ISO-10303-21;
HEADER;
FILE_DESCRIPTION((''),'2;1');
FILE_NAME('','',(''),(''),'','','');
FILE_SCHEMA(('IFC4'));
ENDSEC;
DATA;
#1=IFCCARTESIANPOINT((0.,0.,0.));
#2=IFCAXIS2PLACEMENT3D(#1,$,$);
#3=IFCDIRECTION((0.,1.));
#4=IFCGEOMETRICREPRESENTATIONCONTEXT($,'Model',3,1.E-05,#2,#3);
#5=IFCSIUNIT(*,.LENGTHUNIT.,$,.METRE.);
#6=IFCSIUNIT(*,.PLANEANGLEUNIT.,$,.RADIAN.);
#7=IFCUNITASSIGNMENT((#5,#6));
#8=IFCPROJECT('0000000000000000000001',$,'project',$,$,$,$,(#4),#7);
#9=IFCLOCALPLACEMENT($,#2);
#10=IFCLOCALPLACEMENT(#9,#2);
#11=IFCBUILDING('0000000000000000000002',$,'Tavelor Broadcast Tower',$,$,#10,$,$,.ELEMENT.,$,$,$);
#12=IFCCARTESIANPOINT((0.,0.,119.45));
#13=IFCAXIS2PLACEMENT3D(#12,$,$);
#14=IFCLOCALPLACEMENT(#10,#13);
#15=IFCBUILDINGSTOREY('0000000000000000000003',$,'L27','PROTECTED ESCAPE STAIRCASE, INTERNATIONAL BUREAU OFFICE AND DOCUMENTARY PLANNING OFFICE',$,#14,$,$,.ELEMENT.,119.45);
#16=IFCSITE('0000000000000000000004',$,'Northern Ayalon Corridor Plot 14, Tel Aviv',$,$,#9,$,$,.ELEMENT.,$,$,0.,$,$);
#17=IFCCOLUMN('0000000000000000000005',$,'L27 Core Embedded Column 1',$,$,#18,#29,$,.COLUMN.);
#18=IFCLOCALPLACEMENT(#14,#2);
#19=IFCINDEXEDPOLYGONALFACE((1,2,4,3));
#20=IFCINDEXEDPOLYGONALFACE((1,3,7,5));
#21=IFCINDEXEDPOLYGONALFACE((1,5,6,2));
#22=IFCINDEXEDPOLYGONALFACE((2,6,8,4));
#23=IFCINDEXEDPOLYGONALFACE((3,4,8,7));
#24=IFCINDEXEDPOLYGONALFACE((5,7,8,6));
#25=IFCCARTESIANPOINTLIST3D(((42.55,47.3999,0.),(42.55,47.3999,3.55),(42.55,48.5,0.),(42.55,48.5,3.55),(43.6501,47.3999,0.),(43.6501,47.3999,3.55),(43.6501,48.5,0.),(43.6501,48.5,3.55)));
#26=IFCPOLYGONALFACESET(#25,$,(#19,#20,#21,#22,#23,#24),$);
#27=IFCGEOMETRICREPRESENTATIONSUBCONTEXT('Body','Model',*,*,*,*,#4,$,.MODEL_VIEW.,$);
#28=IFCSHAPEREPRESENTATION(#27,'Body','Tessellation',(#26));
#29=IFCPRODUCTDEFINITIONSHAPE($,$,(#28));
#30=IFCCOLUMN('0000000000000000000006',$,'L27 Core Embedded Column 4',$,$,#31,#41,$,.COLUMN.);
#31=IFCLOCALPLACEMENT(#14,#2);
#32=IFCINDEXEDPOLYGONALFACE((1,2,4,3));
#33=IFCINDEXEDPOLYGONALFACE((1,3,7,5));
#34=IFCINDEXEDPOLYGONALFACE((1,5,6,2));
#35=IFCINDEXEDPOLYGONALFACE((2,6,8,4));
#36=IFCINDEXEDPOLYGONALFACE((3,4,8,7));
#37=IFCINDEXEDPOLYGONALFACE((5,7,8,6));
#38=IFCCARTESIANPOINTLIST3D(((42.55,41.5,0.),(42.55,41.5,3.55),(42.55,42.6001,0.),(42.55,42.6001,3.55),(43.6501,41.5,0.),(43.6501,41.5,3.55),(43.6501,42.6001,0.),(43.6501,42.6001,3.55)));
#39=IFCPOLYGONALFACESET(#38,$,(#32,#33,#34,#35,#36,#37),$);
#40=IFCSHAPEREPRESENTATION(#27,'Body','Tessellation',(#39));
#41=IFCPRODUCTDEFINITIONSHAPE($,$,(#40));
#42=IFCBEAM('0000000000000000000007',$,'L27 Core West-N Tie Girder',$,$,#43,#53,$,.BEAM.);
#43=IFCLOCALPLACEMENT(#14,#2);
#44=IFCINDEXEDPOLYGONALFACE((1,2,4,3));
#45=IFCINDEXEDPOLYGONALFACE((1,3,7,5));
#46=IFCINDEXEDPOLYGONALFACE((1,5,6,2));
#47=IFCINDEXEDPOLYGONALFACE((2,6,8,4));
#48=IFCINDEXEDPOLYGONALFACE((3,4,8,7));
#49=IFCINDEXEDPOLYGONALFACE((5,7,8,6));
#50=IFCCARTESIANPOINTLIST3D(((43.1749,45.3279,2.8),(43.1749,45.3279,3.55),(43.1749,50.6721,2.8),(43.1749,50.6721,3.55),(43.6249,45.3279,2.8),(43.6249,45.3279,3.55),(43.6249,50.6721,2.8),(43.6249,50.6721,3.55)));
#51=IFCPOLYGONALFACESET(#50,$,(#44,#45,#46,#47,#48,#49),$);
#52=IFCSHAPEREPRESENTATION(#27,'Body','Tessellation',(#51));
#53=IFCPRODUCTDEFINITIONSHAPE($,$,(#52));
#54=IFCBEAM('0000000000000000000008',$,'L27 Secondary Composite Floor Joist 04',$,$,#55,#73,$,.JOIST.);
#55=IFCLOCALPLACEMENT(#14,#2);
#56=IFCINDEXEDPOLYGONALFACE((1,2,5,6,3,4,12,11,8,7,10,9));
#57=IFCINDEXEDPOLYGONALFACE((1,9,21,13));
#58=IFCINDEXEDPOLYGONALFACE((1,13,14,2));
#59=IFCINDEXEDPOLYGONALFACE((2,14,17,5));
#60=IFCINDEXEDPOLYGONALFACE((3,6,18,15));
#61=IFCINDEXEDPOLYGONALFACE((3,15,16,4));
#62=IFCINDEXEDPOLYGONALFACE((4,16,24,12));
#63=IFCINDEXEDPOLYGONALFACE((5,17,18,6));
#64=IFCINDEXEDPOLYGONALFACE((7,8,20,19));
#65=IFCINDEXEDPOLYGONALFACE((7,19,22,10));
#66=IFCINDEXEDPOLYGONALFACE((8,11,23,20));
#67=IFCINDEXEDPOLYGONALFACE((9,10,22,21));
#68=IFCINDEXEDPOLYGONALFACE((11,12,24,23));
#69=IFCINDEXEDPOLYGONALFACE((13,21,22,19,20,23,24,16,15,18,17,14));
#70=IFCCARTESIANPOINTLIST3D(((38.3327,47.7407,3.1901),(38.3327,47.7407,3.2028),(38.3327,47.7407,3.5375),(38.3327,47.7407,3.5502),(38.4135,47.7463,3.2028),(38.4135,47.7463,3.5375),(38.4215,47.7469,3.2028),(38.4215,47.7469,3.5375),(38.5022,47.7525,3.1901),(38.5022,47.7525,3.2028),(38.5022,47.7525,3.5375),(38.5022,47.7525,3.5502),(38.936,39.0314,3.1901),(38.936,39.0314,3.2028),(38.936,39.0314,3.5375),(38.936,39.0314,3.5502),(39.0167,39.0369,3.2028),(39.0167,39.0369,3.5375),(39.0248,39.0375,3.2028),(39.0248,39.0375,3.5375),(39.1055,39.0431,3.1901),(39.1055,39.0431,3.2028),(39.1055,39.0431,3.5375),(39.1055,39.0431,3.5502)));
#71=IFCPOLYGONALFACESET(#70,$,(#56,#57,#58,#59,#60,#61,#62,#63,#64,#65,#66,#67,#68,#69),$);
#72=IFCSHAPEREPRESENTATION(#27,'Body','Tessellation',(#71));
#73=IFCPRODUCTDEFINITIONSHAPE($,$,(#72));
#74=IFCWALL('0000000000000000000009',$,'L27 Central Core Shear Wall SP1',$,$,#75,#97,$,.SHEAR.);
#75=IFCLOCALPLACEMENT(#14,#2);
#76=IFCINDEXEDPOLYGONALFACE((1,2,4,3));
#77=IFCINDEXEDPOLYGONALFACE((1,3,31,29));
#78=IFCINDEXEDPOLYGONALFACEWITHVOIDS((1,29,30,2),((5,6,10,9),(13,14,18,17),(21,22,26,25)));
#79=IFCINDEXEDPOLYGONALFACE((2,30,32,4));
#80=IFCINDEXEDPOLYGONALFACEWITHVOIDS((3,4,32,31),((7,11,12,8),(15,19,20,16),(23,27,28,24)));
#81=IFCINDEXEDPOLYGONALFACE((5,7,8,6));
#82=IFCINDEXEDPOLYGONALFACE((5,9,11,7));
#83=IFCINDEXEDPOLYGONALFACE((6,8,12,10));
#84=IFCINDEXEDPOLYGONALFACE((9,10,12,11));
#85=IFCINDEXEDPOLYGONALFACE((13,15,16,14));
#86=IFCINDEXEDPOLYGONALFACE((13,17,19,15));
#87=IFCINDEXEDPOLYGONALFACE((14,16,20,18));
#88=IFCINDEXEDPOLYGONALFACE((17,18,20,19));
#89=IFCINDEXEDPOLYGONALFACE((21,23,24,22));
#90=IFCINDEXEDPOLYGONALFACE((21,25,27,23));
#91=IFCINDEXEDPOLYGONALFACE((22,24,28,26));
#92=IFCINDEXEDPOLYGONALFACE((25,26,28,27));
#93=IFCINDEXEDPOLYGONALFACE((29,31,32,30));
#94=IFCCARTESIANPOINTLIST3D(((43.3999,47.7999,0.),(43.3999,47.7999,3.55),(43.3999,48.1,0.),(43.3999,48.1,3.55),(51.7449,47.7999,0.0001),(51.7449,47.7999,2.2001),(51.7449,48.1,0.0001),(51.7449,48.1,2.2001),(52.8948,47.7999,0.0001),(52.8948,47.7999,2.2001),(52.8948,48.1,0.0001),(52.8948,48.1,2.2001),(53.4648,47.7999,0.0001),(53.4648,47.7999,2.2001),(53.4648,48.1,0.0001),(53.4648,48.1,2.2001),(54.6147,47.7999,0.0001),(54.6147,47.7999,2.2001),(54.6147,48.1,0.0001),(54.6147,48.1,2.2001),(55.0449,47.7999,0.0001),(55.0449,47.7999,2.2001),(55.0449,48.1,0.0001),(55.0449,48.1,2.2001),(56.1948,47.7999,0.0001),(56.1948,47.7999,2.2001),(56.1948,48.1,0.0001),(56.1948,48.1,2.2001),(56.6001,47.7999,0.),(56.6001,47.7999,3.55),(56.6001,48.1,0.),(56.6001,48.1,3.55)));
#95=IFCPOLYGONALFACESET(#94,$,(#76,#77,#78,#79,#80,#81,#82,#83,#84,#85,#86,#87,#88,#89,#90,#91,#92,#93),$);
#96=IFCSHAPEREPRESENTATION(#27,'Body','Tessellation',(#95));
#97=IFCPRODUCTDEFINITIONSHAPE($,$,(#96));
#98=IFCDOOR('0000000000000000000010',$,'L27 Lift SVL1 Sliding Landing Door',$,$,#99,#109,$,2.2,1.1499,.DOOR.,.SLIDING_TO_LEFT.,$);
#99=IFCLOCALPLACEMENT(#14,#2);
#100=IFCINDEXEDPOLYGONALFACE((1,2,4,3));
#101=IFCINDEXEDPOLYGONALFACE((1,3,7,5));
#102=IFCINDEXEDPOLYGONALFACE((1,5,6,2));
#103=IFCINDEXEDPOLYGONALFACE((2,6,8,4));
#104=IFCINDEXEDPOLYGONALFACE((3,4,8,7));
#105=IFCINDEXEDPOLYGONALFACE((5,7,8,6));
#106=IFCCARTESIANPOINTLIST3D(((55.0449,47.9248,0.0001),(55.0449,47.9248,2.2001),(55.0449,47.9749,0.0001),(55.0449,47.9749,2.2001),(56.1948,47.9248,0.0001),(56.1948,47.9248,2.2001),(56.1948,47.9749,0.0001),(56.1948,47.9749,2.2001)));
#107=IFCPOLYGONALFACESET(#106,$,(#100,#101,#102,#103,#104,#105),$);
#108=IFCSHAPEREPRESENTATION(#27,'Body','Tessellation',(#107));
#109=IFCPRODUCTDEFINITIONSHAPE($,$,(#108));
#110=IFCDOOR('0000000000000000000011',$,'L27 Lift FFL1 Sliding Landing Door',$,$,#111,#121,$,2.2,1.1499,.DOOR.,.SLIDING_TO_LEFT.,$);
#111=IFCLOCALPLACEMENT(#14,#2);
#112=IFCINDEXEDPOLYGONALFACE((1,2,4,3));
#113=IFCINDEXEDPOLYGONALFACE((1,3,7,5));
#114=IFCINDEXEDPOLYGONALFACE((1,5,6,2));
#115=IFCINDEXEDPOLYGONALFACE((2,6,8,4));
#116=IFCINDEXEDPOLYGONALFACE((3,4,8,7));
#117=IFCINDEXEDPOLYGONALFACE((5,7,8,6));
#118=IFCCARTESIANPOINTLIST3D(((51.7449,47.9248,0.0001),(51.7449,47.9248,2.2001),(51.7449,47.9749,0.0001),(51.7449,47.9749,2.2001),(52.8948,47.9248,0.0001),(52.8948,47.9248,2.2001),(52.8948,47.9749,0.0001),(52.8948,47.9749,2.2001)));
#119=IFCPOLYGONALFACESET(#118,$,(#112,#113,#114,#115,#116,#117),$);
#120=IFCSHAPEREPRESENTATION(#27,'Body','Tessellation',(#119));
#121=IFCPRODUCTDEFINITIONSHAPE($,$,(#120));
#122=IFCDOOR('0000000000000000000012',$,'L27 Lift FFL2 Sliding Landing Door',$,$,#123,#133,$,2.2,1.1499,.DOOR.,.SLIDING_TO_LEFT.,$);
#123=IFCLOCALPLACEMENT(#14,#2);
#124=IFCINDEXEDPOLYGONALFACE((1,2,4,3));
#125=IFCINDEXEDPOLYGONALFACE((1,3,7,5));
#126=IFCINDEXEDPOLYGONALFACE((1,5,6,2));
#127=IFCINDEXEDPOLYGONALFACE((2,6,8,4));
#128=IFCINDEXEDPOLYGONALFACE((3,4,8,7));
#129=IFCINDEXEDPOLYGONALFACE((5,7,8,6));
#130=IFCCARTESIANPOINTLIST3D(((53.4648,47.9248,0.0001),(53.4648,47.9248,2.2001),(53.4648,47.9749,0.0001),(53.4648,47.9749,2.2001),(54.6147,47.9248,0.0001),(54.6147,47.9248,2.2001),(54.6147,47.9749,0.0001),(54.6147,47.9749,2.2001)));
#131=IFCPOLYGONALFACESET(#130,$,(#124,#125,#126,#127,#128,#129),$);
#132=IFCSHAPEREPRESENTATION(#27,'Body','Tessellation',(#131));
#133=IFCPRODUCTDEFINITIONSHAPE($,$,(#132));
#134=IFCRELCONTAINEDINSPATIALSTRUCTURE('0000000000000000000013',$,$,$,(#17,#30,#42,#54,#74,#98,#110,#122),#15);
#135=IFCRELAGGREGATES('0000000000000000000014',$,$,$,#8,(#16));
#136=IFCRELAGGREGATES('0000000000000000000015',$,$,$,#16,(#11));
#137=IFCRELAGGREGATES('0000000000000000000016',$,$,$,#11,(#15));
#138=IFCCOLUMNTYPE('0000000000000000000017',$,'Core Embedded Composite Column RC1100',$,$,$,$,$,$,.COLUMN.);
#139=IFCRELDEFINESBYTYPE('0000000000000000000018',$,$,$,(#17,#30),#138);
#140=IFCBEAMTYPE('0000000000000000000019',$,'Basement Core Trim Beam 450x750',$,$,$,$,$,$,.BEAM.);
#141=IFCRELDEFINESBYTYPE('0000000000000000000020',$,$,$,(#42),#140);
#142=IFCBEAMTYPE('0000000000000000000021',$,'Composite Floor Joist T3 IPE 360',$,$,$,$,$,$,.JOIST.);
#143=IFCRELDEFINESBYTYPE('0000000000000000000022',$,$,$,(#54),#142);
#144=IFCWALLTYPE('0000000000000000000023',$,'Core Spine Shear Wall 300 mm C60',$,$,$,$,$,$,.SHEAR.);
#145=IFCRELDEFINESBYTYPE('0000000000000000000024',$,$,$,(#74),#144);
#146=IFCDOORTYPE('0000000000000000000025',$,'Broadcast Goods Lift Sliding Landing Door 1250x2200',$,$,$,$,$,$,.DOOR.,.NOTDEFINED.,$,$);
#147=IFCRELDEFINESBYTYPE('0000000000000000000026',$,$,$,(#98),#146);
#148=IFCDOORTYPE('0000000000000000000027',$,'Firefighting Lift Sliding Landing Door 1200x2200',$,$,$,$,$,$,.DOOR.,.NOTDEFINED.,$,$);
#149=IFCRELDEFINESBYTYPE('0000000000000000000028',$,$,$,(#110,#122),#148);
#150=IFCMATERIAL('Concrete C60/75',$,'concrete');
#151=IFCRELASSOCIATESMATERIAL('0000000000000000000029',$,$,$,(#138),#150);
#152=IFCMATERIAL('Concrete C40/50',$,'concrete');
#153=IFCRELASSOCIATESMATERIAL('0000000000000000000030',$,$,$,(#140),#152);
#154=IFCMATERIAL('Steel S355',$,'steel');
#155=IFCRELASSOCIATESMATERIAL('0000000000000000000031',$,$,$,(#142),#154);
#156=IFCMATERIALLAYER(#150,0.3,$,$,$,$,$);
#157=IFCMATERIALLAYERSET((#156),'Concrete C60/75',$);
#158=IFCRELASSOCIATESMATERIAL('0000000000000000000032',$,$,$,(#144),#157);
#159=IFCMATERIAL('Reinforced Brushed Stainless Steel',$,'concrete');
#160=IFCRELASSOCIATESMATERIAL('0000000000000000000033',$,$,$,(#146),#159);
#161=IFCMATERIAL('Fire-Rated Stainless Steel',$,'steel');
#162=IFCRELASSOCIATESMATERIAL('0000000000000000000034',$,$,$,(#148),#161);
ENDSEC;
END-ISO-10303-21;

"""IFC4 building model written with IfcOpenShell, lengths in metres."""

from ifc_helpers import new_model, si_unit, direction, frame, frame_2d, origin, origin_2d, place, context, subcontext, project, spatial, rectangle, i_section, extrude, material, layer, layer_set, material_profile, profile_set, type_object, element, fill, save


model = new_model("IFC4")

# Units and contexts
model_context = context("Model", 3, precision=1e-05, world=origin(), true_north=direction((0.0, 1.0)))
body_context = subcontext(model_context, "Body", "Model", "MODEL_VIEW")
ifc_project = project(units=[si_unit("LENGTHUNIT", "METRE"), si_unit("PLANEANGLEUNIT", "RADIAN")], contexts=[model_context])

# Site, building, storey
site_placement = place(None, origin())
site = spatial("IfcSite", under=ifc_project, at=site_placement, Name="Northern Ayalon Corridor Plot 14, Tel Aviv", CompositionType="ELEMENT", RefElevation=0.0)
building_placement = place(site_placement, origin())
building = spatial("IfcBuilding", under=site, at=building_placement, Name="Tavelor Broadcast Tower", CompositionType="ELEMENT")
storey_placement = place(building_placement, frame((0.0, 0.0, 119.45)))
storey = spatial("IfcBuildingStorey", under=building, at=storey_placement, Name="L27", Description="PROTECTED ESCAPE STAIRCASE, INTERNATIONAL BUREAU OFFICE AND DOCUMENTARY PLANNING OFFICE", CompositionType="ELEMENT", Elevation=119.45)

# Columns
ifc_material_1 = material(Name="Concrete C60/75", Category="concrete")
ifc_material_profile_1 = material_profile(ifc_material_1, rectangle(XDim=1.1001, YDim=1.1001, at=origin_2d()), Name="RC 1100x1100")
ifc_profile_set_1 = profile_set([ifc_material_profile_1], Name="Concrete C60/75")
column_type = type_object("IfcColumnType", Name="Core Embedded Composite Column RC1100", PredefinedType="COLUMN", material=ifc_profile_set_1)
for number, where, z_axis, x_axis, name in (
    (1, (43.1001, 47.95, 0.0), (0.0, 0.0, 1.0), (1.0, 0.0, 0.0), "L27 Core Embedded Column 1"),
    (2, (43.1001, 42.05, 0.0), (0.0, 0.0, 1.0), (1.0, 0.0, 0.0), "L27 Core Embedded Column 4"),
):
    element("IfcColumn", number, at=place(storey_placement, frame(where, z_axis=z_axis, x_axis=x_axis)), inside=storey, type_object=column_type, Name=name, PredefinedType="COLUMN", context=body_context, shape_type="SweptSolid", body=[
        extrude(rectangle(XDim=1.1001, YDim=1.1001, at=origin_2d()), origin(), (0.0, 0.0, 1.0), 3.55),
    ])

# Beams
ifc_material_2 = material(Name="Concrete C40/50", Category="concrete")
ifc_material_profile_2 = material_profile(ifc_material_2, rectangle(XDim=0.45, YDim=0.75, at=origin_2d()), Name="RC 450x750")
ifc_profile_set_2 = profile_set([ifc_material_profile_2], Name="Concrete C40/50")
beam_type_1 = type_object("IfcBeamType", Name="Basement Core Trim Beam 450x750", PredefinedType="BEAM", material=ifc_profile_set_2)
beam_1_placement = place(storey_placement, frame((43.3999, 45.3279, 3.175), z_axis=(0.0, 1.0, 0.0), x_axis=(-1.0, 0.0, 0.0)))
element("IfcBeam", 3, at=beam_1_placement, inside=storey, type_object=beam_type_1, Name="L27 Core West-N Tie Girder", PredefinedType="BEAM", context=body_context, shape_type="SweptSolid", body=[
    extrude(rectangle(XDim=0.45, YDim=0.75, at=origin_2d()), origin(), (0.0, 0.0, 1.0), 5.3442),
])
ifc_material_3 = material(Name="Steel S355", Category="steel")
ifc_material_profile_3 = material_profile(ifc_material_3, i_section(OverallWidth=0.1699, OverallDepth=0.3601, WebThickness=0.0081, FlangeThickness=0.0127, at=origin_2d()), Name="IPE 360")
ifc_profile_set_3 = profile_set([ifc_material_profile_3], Name="Steel S355")
beam_type_2 = type_object("IfcBeamType", Name="Composite Floor Joist T3 IPE 360", PredefinedType="JOIST", material=ifc_profile_set_3)
beam_2_placement = place(storey_placement, frame((38.4175, 47.7466, 3.3701), z_axis=(0.069101, -0.99761, 0.0), x_axis=(0.99761, 0.069101, 0.0)))
element("IfcBeam", 4, at=beam_2_placement, inside=storey, type_object=beam_type_2, Name="L27 Secondary Composite Floor Joist 04", PredefinedType="JOIST", context=body_context, shape_type="SweptSolid", body=[
    extrude(i_section(OverallWidth=0.1699, OverallDepth=0.3601, WebThickness=0.0081, FlangeThickness=0.0127, at=origin_2d()), origin(), (0.0, 0.0, 1.0), 8.7302),
])

# Wall, openings, doors
ifc_layer_1 = layer(ifc_material_1, 0.3)
ifc_layer_set_1 = layer_set([ifc_layer_1], Name="Concrete C60/75")
wall_type_1 = type_object("IfcWallType", Name="Core Spine Shear Wall 300 mm C60", PredefinedType="SHEAR", material=ifc_layer_set_1)
wall_1_placement = place(storey_placement, frame((43.3999, 47.95, 0.0), z_axis=(0.0, 0.0, 1.0), x_axis=(1.0, 0.0, 0.0)))
wall_1 = element("IfcWall", 5, at=wall_1_placement, inside=storey, type_object=wall_type_1, Name="L27 Central Core Shear Wall SP1", PredefinedType="SHEAR", context=body_context, shape_type="SweptSolid", body=[
    extrude(rectangle(XDim=13.2002, YDim=0.3, at=frame_2d((6.6001, 0.0))), origin(), (0.0, 0.0, 1.0), 3.55),
])
opening_1_placement = place(wall_1_placement, frame((8.345, 0.0, 0.0)))
opening_1 = element("IfcOpeningElement", 6, at=opening_1_placement, cuts=wall_1, PredefinedType="OPENING", context=body_context, shape_type="SweptSolid", body=[
    extrude(rectangle(XDim=1.1499, YDim=2.2, at=frame_2d((0.575, 1.1001))), frame((0.0, 0.1602, 0.0), z_axis=(0.0, -1.0, 0.0), x_axis=(1.0, 0.0, 0.0)), (0.0, 0.0, 1.0), 0.3201),
])
opening_2_placement = place(wall_1_placement, frame((10.0649, 0.0, 0.0)))
opening_2 = element("IfcOpeningElement", 7, at=opening_2_placement, cuts=wall_1, PredefinedType="OPENING", context=body_context, shape_type="SweptSolid", body=[
    extrude(rectangle(XDim=1.1499, YDim=2.2, at=frame_2d((0.575, 1.1001))), frame((0.0, 0.1602, 0.0), z_axis=(0.0, -1.0, 0.0), x_axis=(1.0, 0.0, 0.0)), (0.0, 0.0, 1.0), 0.3201),
])
opening_3_placement = place(wall_1_placement, frame((11.645, 0.0, 0.0)))
opening_3 = element("IfcOpeningElement", 8, at=opening_3_placement, cuts=wall_1, PredefinedType="OPENING", context=body_context, shape_type="SweptSolid", body=[
    extrude(rectangle(XDim=1.1499, YDim=2.2, at=frame_2d((0.575, 1.1001))), frame((0.0, 0.1602, 0.0), z_axis=(0.0, -1.0, 0.0), x_axis=(1.0, 0.0, 0.0)), (0.0, 0.0, 1.0), 0.3201),
])
ifc_material_4 = material(Name="Reinforced Brushed Stainless Steel", Category="concrete")
door_type_1 = type_object("IfcDoorType", Name="Broadcast Goods Lift Sliding Landing Door 1250x2200", OperationType="NOTDEFINED", PredefinedType="DOOR", material=ifc_material_4)
door_1_placement = place(opening_3_placement, origin())
door_1 = element("IfcDoor", 9, at=door_1_placement, inside=storey, type_object=door_type_1, Name="L27 Lift SVL1 Sliding Landing Door", OperationType="SLIDING_TO_LEFT", OverallHeight=2.2, OverallWidth=1.1499, PredefinedType="DOOR", context=body_context, shape_type="SweptSolid", body=[
    extrude(rectangle(XDim=1.1499, YDim=2.2, at=frame_2d((0.575, 1.1001))), frame((0.0, 0.0249, 0.0), z_axis=(0.0, -1.0, 0.0), x_axis=(1.0, 0.0, 0.0)), (0.0, 0.0, 1.0), 0.05),
])
fill(opening_3, door_1)
ifc_material_5 = material(Name="Fire-Rated Stainless Steel", Category="steel")
door_type_2 = type_object("IfcDoorType", Name="Firefighting Lift Sliding Landing Door 1200x2200", OperationType="NOTDEFINED", PredefinedType="DOOR", material=ifc_material_5)
door_2_placement = place(opening_1_placement, origin())
door_2 = element("IfcDoor", 10, at=door_2_placement, inside=storey, type_object=door_type_2, Name="L27 Lift FFL1 Sliding Landing Door", OperationType="SLIDING_TO_LEFT", OverallHeight=2.2, OverallWidth=1.1499, PredefinedType="DOOR", context=body_context, shape_type="SweptSolid", body=[
    extrude(rectangle(XDim=1.1499, YDim=2.2, at=frame_2d((0.575, 1.1001))), frame((0.0, 0.0249, 0.0), z_axis=(0.0, -1.0, 0.0), x_axis=(1.0, 0.0, 0.0)), (0.0, 0.0, 1.0), 0.05),
])
fill(opening_1, door_2)
door_3_placement = place(opening_2_placement, origin())
door_3 = element("IfcDoor", 11, at=door_3_placement, inside=storey, type_object=door_type_2, Name="L27 Lift FFL2 Sliding Landing Door", OperationType="SLIDING_TO_LEFT", OverallHeight=2.2, OverallWidth=1.1499, PredefinedType="DOOR", context=body_context, shape_type="SweptSolid", body=[
    extrude(rectangle(XDim=1.1499, YDim=2.2, at=frame_2d((0.575, 1.1001))), frame((0.0, 0.0249, 0.0), z_axis=(0.0, -1.0, 0.0), x_axis=(1.0, 0.0, 0.0)), (0.0, 0.0, 1.0), 0.05),
])
fill(opening_2, door_3)

save(model, "model.ifc")
